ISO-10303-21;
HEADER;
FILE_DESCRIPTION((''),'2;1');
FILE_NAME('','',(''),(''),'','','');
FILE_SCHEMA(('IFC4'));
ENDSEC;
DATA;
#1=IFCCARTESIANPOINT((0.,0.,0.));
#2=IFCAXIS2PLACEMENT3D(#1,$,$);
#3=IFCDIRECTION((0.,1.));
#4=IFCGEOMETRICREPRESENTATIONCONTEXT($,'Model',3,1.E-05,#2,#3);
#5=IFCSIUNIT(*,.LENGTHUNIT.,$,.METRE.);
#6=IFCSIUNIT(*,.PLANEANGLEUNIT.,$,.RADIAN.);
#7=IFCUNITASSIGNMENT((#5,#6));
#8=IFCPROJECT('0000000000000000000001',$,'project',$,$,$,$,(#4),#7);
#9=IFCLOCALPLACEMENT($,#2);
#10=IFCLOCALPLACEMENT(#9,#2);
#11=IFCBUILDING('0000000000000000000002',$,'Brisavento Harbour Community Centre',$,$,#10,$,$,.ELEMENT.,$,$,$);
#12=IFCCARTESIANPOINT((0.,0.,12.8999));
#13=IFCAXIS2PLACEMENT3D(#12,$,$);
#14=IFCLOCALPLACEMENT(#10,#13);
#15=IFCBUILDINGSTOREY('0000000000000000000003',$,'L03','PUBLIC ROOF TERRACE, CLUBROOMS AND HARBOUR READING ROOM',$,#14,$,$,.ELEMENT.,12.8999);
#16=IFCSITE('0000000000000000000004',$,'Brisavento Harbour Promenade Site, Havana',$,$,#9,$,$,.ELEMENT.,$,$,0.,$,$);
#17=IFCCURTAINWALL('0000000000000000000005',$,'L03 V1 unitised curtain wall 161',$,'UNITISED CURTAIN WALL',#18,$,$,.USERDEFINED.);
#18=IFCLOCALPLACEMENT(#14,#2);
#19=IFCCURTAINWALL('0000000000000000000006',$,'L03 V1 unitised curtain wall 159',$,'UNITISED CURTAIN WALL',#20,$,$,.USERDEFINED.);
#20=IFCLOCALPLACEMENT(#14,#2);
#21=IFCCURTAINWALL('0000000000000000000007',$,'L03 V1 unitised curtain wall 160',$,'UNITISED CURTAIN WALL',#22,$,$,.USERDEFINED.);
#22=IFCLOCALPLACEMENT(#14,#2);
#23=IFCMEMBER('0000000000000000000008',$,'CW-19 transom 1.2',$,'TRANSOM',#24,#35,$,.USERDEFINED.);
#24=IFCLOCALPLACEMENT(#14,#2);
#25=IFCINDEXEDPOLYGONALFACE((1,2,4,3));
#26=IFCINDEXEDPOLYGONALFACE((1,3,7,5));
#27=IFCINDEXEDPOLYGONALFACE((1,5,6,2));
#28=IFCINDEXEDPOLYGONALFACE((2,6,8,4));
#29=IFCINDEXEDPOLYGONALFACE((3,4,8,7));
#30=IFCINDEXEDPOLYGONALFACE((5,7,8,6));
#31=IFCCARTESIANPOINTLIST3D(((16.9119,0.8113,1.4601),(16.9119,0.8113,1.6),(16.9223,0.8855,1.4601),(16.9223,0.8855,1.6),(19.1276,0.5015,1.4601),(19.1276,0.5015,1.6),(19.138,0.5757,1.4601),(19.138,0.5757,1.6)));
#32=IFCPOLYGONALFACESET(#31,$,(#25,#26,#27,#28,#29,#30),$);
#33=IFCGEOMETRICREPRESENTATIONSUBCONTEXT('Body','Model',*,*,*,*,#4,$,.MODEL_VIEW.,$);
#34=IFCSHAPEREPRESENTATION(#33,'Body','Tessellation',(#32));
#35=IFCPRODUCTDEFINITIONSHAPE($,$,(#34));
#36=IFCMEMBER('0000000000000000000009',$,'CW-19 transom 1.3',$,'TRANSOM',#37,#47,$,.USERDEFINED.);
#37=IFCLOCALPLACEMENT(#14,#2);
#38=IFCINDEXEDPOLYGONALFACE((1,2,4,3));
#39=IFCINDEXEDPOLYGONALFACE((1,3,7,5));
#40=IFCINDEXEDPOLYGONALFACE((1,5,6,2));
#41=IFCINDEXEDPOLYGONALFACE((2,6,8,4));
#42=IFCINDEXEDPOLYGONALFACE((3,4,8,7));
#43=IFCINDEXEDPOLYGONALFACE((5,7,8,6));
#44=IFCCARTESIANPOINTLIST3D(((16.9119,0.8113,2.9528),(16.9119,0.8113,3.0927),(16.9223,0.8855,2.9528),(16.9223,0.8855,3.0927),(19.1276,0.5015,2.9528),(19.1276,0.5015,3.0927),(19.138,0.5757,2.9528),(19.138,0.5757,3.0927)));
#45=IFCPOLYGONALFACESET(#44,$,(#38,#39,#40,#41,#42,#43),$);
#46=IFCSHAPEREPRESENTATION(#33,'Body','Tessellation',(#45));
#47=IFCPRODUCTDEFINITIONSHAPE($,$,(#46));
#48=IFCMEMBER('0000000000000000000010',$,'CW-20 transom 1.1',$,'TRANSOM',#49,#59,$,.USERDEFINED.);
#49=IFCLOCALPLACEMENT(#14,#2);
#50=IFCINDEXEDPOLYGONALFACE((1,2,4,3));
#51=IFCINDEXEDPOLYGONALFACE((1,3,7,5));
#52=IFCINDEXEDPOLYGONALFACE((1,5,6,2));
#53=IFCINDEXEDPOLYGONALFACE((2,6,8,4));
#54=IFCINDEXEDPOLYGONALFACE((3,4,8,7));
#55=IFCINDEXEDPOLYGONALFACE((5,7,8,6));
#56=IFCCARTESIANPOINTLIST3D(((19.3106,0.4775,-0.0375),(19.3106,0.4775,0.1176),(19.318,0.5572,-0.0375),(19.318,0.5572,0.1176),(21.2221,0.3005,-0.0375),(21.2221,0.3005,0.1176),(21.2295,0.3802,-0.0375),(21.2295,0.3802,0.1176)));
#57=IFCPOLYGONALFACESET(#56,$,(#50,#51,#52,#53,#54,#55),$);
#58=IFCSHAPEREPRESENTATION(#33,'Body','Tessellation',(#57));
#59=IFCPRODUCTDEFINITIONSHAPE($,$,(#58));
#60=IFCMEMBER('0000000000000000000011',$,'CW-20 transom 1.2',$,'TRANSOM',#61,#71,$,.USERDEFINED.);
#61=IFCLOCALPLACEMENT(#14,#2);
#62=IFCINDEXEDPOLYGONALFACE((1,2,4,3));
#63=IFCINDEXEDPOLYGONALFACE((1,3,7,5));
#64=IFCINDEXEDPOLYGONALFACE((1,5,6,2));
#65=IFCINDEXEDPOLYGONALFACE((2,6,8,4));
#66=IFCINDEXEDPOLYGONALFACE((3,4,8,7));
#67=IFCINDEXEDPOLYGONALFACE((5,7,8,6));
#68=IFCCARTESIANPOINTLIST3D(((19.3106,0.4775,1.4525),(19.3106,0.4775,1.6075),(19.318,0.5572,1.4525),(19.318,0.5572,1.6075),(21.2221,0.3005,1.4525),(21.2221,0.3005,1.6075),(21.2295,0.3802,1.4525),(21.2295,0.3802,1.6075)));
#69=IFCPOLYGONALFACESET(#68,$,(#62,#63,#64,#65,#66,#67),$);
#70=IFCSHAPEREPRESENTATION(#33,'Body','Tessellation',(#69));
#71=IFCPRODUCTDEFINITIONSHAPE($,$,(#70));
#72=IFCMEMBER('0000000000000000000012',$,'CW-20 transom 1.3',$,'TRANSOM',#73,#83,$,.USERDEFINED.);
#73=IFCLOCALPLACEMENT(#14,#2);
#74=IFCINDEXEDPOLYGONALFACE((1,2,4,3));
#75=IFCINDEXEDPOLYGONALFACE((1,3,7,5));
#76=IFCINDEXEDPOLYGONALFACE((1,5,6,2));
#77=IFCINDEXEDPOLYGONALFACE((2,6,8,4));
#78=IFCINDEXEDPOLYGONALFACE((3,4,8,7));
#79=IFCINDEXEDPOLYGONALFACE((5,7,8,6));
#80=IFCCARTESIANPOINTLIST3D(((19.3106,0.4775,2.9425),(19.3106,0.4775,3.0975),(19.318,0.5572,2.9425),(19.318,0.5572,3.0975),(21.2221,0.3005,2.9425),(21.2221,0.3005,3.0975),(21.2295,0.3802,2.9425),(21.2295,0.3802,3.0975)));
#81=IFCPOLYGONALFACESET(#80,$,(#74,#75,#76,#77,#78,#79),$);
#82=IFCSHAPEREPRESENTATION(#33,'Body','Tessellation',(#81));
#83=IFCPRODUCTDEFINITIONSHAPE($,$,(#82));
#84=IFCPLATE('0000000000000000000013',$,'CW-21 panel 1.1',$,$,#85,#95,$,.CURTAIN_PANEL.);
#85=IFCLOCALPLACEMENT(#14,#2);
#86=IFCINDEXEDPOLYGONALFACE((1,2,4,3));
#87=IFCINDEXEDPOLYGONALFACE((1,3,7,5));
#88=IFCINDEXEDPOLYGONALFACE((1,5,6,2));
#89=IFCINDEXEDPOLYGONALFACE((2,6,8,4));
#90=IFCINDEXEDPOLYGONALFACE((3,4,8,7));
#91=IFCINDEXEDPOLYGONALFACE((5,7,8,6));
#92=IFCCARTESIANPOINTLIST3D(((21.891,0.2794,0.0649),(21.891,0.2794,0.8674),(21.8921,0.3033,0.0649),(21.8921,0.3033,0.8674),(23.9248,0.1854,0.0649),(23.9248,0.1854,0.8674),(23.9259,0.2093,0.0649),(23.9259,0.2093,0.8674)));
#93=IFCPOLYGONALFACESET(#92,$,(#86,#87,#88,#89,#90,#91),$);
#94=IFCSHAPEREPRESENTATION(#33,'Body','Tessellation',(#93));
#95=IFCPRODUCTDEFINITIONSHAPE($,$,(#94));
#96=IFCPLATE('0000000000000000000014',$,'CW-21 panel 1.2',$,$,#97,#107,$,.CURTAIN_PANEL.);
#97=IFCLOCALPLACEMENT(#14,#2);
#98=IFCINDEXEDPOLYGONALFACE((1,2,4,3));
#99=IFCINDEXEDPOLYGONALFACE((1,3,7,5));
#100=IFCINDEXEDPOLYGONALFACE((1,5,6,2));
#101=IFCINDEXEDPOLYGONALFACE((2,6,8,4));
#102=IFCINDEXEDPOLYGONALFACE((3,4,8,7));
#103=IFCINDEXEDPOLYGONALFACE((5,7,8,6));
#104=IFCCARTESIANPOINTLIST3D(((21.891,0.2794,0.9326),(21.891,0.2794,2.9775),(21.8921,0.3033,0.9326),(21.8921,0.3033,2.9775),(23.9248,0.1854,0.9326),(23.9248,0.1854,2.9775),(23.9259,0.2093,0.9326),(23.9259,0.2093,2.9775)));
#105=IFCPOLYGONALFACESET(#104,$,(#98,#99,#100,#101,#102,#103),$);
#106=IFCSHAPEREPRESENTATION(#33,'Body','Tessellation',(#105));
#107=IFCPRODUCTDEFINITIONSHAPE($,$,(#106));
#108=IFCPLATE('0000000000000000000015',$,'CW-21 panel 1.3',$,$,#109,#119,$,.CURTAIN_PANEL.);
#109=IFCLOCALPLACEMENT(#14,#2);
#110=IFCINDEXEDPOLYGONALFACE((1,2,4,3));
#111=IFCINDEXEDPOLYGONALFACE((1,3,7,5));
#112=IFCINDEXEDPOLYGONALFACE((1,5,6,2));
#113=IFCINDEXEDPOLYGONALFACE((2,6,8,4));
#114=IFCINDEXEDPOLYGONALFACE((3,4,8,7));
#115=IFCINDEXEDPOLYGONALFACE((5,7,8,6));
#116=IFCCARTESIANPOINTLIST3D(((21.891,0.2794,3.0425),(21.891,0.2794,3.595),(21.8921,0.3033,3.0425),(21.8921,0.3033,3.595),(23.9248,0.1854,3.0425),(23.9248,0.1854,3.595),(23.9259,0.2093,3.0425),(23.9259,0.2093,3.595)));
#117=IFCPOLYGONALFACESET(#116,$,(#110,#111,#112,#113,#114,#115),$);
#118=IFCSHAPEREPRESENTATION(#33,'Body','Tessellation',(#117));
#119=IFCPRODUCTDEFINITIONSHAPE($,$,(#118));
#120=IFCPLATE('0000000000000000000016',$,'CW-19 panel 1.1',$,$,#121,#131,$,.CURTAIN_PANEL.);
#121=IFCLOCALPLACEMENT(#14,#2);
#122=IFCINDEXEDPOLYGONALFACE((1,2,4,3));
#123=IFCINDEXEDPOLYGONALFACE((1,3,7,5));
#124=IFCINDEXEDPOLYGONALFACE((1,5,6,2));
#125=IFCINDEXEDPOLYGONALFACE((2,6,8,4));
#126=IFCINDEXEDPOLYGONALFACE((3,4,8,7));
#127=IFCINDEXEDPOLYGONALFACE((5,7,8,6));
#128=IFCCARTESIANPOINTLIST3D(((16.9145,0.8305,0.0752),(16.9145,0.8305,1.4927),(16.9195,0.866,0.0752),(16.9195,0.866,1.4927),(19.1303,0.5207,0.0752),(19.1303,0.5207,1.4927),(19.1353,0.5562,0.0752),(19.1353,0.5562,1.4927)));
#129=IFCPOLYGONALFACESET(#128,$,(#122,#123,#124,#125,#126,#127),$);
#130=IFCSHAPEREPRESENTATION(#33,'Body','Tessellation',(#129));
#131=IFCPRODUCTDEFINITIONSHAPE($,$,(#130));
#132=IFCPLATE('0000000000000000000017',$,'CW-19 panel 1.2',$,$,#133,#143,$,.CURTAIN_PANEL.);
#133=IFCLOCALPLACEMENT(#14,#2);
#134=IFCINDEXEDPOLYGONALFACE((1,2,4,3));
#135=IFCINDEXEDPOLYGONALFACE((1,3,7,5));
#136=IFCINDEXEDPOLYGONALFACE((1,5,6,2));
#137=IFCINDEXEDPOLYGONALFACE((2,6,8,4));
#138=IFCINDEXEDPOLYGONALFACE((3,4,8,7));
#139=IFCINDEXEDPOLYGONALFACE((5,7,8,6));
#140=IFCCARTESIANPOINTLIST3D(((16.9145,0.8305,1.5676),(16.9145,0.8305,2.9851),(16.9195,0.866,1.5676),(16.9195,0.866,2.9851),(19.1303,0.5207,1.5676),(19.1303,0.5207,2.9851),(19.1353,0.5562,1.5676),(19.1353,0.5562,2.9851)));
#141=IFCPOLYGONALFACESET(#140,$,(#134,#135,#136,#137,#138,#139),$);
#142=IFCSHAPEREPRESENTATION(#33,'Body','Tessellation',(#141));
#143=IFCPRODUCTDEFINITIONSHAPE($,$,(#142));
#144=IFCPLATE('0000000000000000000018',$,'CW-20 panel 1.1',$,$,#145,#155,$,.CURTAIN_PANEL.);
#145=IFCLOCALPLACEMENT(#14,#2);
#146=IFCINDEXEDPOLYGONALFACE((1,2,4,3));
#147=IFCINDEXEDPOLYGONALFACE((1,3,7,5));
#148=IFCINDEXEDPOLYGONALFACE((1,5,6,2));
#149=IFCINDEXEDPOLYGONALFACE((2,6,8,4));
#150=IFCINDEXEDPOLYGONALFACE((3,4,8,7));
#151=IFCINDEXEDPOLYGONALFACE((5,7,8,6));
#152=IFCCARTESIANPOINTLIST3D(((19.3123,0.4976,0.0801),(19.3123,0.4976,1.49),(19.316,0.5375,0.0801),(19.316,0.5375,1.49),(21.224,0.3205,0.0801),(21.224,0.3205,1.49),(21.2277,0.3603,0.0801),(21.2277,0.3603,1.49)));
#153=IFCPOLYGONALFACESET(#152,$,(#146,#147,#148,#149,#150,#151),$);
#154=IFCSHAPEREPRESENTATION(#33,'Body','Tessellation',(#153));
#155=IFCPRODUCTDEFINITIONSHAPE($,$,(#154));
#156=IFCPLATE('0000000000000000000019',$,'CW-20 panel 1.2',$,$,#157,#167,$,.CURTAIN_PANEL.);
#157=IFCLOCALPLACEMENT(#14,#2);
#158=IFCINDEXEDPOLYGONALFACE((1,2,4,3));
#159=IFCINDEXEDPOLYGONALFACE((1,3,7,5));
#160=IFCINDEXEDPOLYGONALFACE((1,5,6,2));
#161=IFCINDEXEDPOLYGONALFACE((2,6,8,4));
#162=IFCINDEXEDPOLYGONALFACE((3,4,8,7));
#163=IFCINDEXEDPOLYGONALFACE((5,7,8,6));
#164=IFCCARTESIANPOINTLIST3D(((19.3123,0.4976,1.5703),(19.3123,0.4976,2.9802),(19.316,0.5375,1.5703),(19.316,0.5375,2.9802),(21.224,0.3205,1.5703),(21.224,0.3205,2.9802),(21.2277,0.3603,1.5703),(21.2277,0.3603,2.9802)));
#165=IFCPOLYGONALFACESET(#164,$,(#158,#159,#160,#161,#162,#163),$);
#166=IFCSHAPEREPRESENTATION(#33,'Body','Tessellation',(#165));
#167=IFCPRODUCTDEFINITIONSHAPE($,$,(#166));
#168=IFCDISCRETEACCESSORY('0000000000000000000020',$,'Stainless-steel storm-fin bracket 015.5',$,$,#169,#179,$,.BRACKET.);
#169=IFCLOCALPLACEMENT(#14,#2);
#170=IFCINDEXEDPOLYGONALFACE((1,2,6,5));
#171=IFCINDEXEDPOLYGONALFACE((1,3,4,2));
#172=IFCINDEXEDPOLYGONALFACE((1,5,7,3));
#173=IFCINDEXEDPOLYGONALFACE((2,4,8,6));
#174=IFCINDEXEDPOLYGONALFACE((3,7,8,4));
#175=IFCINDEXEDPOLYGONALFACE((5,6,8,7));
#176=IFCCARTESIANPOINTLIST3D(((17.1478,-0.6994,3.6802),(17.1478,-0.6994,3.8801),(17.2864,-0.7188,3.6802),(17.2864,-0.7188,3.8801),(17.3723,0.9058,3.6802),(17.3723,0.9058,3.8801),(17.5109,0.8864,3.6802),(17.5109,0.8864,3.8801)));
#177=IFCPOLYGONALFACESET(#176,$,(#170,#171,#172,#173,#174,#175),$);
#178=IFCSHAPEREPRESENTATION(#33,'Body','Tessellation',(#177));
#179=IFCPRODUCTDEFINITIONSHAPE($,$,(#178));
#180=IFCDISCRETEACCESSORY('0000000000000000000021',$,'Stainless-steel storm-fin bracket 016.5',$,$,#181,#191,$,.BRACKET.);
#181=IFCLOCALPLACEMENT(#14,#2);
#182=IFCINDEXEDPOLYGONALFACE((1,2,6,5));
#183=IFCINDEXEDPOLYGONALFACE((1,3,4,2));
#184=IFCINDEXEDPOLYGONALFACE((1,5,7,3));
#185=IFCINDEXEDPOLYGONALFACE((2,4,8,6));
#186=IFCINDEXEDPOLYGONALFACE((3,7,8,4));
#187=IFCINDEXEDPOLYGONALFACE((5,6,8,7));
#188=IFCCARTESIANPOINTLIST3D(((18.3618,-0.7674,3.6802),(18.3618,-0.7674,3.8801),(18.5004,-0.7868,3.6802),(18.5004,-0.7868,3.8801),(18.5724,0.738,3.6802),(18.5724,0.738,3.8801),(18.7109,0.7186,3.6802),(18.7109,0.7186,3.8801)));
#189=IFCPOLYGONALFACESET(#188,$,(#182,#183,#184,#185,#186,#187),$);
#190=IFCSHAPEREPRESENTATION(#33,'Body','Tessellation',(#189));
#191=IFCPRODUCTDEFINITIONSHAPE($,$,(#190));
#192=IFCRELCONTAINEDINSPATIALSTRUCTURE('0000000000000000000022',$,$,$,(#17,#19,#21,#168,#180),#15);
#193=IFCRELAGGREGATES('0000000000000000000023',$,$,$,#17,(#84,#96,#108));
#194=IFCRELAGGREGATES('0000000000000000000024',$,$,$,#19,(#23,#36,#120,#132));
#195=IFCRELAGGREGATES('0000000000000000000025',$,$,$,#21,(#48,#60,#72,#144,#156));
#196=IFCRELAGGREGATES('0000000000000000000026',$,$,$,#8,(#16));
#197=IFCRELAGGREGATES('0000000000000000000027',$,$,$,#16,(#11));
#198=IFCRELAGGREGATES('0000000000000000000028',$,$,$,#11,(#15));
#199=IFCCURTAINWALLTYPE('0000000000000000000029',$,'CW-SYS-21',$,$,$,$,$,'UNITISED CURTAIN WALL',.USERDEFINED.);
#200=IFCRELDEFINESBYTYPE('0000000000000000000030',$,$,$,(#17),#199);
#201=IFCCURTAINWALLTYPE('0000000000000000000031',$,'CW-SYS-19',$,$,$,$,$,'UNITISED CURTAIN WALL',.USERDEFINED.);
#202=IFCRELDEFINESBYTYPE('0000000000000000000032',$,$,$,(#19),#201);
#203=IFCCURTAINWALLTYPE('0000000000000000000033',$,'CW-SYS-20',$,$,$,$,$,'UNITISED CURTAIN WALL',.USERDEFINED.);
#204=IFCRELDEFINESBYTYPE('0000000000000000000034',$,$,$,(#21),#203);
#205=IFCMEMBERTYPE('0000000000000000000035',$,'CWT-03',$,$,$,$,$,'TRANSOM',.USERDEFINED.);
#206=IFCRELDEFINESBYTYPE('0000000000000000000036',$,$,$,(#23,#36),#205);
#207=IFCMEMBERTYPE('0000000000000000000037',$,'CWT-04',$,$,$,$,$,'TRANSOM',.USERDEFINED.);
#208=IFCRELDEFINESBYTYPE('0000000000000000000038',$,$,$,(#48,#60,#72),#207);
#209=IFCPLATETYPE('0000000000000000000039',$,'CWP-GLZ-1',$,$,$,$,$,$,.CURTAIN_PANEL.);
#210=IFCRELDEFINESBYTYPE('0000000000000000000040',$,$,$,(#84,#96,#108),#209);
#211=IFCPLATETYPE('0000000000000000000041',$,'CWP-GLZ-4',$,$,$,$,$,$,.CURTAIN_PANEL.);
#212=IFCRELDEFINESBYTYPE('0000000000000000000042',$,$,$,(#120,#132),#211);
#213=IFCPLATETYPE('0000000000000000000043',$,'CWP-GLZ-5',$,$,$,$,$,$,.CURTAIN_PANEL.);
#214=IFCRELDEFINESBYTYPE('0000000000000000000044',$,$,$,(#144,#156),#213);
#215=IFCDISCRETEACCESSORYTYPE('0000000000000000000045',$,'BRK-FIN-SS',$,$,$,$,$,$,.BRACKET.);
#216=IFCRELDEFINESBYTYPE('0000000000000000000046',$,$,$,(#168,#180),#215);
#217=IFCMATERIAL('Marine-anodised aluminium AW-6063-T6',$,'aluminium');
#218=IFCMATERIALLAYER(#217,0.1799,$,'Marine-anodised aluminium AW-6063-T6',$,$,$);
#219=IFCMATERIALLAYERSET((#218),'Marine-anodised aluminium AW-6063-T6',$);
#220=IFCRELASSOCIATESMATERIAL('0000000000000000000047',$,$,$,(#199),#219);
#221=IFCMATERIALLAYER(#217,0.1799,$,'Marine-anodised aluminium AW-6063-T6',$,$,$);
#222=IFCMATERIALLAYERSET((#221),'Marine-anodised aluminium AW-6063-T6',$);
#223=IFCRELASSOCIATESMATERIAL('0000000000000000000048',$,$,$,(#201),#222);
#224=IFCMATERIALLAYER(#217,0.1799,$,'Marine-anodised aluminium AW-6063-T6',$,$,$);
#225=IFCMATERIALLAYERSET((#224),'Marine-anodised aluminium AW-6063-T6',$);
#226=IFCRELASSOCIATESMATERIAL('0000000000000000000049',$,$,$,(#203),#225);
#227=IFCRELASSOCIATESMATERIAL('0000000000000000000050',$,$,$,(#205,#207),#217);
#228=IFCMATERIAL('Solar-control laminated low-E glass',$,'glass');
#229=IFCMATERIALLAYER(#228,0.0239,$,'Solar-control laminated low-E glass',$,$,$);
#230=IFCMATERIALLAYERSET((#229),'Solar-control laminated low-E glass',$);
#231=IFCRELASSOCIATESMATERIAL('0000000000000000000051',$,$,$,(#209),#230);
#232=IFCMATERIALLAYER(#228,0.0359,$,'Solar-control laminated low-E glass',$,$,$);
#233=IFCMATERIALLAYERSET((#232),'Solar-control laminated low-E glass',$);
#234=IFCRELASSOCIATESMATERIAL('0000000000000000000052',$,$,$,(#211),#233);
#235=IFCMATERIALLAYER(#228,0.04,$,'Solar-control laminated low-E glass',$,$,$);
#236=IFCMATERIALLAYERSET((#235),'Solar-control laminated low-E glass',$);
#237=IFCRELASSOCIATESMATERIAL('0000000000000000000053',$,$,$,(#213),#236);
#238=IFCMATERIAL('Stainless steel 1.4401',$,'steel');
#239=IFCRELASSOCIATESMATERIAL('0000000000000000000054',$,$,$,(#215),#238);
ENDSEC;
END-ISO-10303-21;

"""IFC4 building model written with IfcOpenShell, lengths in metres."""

from ifc_helpers import new_model, si_unit, direction, frame, origin, origin_2d, place, context, subcontext, project, spatial, rectangle, extrude, material, layer, layer_set, material_profile, profile_set, type_object, element, aggregate, save


model = new_model("IFC4")

# Units and contexts
model_context = context("Model", 3, precision=1e-05, world=origin(), true_north=direction((0.0, 1.0)))
body_context = subcontext(model_context, "Body", "Model", "MODEL_VIEW")
ifc_project = project(units=[si_unit("LENGTHUNIT", "METRE"), si_unit("PLANEANGLEUNIT", "RADIAN")], contexts=[model_context])

# Site, building, storey
site_placement = place(None, origin())
site = spatial("IfcSite", under=ifc_project, at=site_placement, Name="Brisavento Harbour Promenade Site, Havana", CompositionType="ELEMENT", RefElevation=0.0)
building_placement = place(site_placement, origin())
building = spatial("IfcBuilding", under=site, at=building_placement, Name="Brisavento Harbour Community Centre", CompositionType="ELEMENT")
storey_placement = place(building_placement, frame((0.0, 0.0, 12.8999)))
storey = spatial("IfcBuildingStorey", under=building, at=storey_placement, Name="L03", Description="PUBLIC ROOF TERRACE, CLUBROOMS AND HARBOUR READING ROOM", CompositionType="ELEMENT", Elevation=12.8999)

# Curtain wall
ifc_material_1 = material(Name="Marine-anodised aluminium AW-6063-T6", Category="aluminium")
ifc_layer_1 = layer(ifc_material_1, 0.1799, Name="Marine-anodised aluminium AW-6063-T6")
ifc_layer_set_1 = layer_set([ifc_layer_1], Name="Marine-anodised aluminium AW-6063-T6")
curtain_wall_type_1 = type_object("IfcCurtainWallType", Name="CW-SYS-21", ElementType="UNITISED CURTAIN WALL", PredefinedType="USERDEFINED", material=ifc_layer_set_1)
curtain_wall_1_placement = place(storey_placement, origin())
curtain_wall_1 = element("IfcCurtainWall", 1, at=curtain_wall_1_placement, inside=storey, type_object=curtain_wall_type_1, Name="L03 V1 unitised curtain wall 161", ObjectType="UNITISED CURTAIN WALL", PredefinedType="USERDEFINED")

# Curtain walls
ifc_layer_2 = layer(ifc_material_1, 0.1799, Name="Marine-anodised aluminium AW-6063-T6")
ifc_layer_set_2 = layer_set([ifc_layer_2], Name="Marine-anodised aluminium AW-6063-T6")
curtain_wall_type_2 = type_object("IfcCurtainWallType", Name="CW-SYS-19", ElementType="UNITISED CURTAIN WALL", PredefinedType="USERDEFINED", material=ifc_layer_set_2)
curtain_wall_2_placement = place(storey_placement, origin())
curtain_wall_2 = element("IfcCurtainWall", 2, at=curtain_wall_2_placement, inside=storey, type_object=curtain_wall_type_2, Name="L03 V1 unitised curtain wall 159", ObjectType="UNITISED CURTAIN WALL", PredefinedType="USERDEFINED")
ifc_layer_3 = layer(ifc_material_1, 0.1799, Name="Marine-anodised aluminium AW-6063-T6")
ifc_layer_set_3 = layer_set([ifc_layer_3], Name="Marine-anodised aluminium AW-6063-T6")
curtain_wall_type_3 = type_object("IfcCurtainWallType", Name="CW-SYS-20", ElementType="UNITISED CURTAIN WALL", PredefinedType="USERDEFINED", material=ifc_layer_set_3)
curtain_wall_3_placement = place(storey_placement, origin())
curtain_wall_3 = element("IfcCurtainWall", 3, at=curtain_wall_3_placement, inside=storey, type_object=curtain_wall_type_3, Name="L03 V1 unitised curtain wall 160", ObjectType="UNITISED CURTAIN WALL", PredefinedType="USERDEFINED")

# Members
ifc_material_profile_1 = material_profile(ifc_material_1, rectangle(XDim=0.075, YDim=0.1399, at=origin_2d()), Name="Marine-anodised aluminium AW-6063-T6")
ifc_profile_set_1 = profile_set([ifc_material_profile_1], Name="Marine-anodised aluminium AW-6063-T6")
member_type_1 = type_object("IfcMemberType", Name="CWT-03", ElementType="TRANSOM", PredefinedType="USERDEFINED", material=ifc_profile_set_1)
member_1_placement = place(storey_placement, frame((19.1328, 0.5386, 1.53), z_axis=(-0.990366, 0.138472, 0.0), x_axis=(-0.138472, -0.990366, 0.0)))
member_1 = element("IfcMember", 4, at=member_1_placement, type_object=member_type_1, Name="CW-19 transom 1.2", ObjectType="TRANSOM", PredefinedType="USERDEFINED", context=body_context, shape_type="SweptSolid", body=[
    extrude(rectangle(XDim=0.075, YDim=0.1399, at=origin_2d()), origin(), (0.0, 0.0, 1.0), 2.2373),
])
member_2_placement = place(storey_placement, frame((19.1328, 0.5386, 3.0227), z_axis=(-0.990366, 0.138472, 0.0), x_axis=(-0.138472, -0.990366, 0.0)))
member_2 = element("IfcMember", 5, at=member_2_placement, type_object=member_type_1, Name="CW-19 transom 1.3", ObjectType="TRANSOM", PredefinedType="USERDEFINED", context=body_context, shape_type="SweptSolid", body=[
    extrude(rectangle(XDim=0.075, YDim=0.1399, at=origin_2d()), origin(), (0.0, 0.0, 1.0), 2.2373),
])
ifc_material_profile_2 = material_profile(ifc_material_1, rectangle(XDim=0.0801, YDim=0.155, at=origin_2d()), Name="Marine-anodised aluminium AW-6063-T6")
ifc_profile_set_2 = profile_set([ifc_material_profile_2], Name="Marine-anodised aluminium AW-6063-T6")
member_type_2 = type_object("IfcMemberType", Name="CWT-04", ElementType="TRANSOM", PredefinedType="USERDEFINED", material=ifc_profile_set_2)
member_3_placement = place(storey_placement, frame((21.2258, 0.3403, 0.04), z_axis=(-0.995741, 0.092198, 0.0), x_axis=(-0.092198, -0.995741, 0.0)))
member_3 = element("IfcMember", 6, at=member_3_placement, type_object=member_type_2, Name="CW-20 transom 1.1", ObjectType="TRANSOM", PredefinedType="USERDEFINED", context=body_context, shape_type="SweptSolid", body=[
    extrude(rectangle(XDim=0.0801, YDim=0.155, at=origin_2d()), origin(), (0.0, 0.0, 1.0), 1.9197),
])
member_4_placement = place(storey_placement, frame((21.2258, 0.3403, 1.53), z_axis=(-0.995741, 0.092198, 0.0), x_axis=(-0.092198, -0.995741, 0.0)))
member_4 = element("IfcMember", 7, at=member_4_placement, type_object=member_type_2, Name="CW-20 transom 1.2", ObjectType="TRANSOM", PredefinedType="USERDEFINED", context=body_context, shape_type="SweptSolid", body=[
    extrude(rectangle(XDim=0.0801, YDim=0.155, at=origin_2d()), origin(), (0.0, 0.0, 1.0), 1.9197),
])
member_5_placement = place(storey_placement, frame((21.2258, 0.3403, 3.02), z_axis=(-0.995741, 0.092198, 0.0), x_axis=(-0.092198, -0.995741, 0.0)))
member_5 = element("IfcMember", 8, at=member_5_placement, type_object=member_type_2, Name="CW-20 transom 1.3", ObjectType="TRANSOM", PredefinedType="USERDEFINED", context=body_context, shape_type="SweptSolid", body=[
    extrude(rectangle(XDim=0.0801, YDim=0.155, at=origin_2d()), origin(), (0.0, 0.0, 1.0), 1.9197),
])

# Plates
ifc_material_2 = material(Name="Solar-control laminated low-E glass", Category="glass")
ifc_layer_4 = layer(ifc_material_2, 0.0239, Name="Solar-control laminated low-E glass")
ifc_layer_set_4 = layer_set([ifc_layer_4], Name="Solar-control laminated low-E glass")
plate_type_1 = type_object("IfcPlateType", Name="CWP-GLZ-1", PredefinedType="CURTAIN_PANEL", material=ifc_layer_set_4)
plate_1_placement = place(storey_placement, frame((22.9084, 0.2444, 0.0649), z_axis=(0.0, 0.0, 1.0), x_axis=(-0.998934, 0.046168, 0.0)))
plate_1 = element("IfcPlate", 9, at=plate_1_placement, type_object=plate_type_1, Name="CW-21 panel 1.1", PredefinedType="CURTAIN_PANEL", context=body_context, shape_type="SweptSolid", body=[
    extrude(rectangle(XDim=2.0359, YDim=0.0239, at=origin_2d()), origin(), (0.0, 0.0, 1.0), 0.8025),
])
plate_2_placement = place(storey_placement, frame((22.9084, 0.2444, 0.9326), z_axis=(0.0, 0.0, 1.0), x_axis=(-0.998934, 0.046168, 0.0)))
plate_2 = element("IfcPlate", 10, at=plate_2_placement, type_object=plate_type_1, Name="CW-21 panel 1.2", PredefinedType="CURTAIN_PANEL", context=body_context, shape_type="SweptSolid", body=[
    extrude(rectangle(XDim=2.0359, YDim=0.0239, at=origin_2d()), origin(), (0.0, 0.0, 1.0), 2.0449),
])
plate_3_placement = place(storey_placement, frame((22.9084, 0.2444, 3.0425), z_axis=(0.0, 0.0, 1.0), x_axis=(-0.998934, 0.046168, 0.0)))
plate_3 = element("IfcPlate", 11, at=plate_3_placement, type_object=plate_type_1, Name="CW-21 panel 1.3", PredefinedType="CURTAIN_PANEL", context=body_context, shape_type="SweptSolid", body=[
    extrude(rectangle(XDim=2.0359, YDim=0.0239, at=origin_2d()), origin(), (0.0, 0.0, 1.0), 0.5525),
])
aggregate(curtain_wall_1, [plate_1, plate_2, plate_3])
ifc_layer_5 = layer(ifc_material_2, 0.0359, Name="Solar-control laminated low-E glass")
ifc_layer_set_5 = layer_set([ifc_layer_5], Name="Solar-control laminated low-E glass")
plate_type_2 = type_object("IfcPlateType", Name="CWP-GLZ-4", PredefinedType="CURTAIN_PANEL", material=ifc_layer_set_5)
plate_4_placement = place(storey_placement, frame((18.0249, 0.6934, 0.0752), z_axis=(0.0, 0.0, 1.0), x_axis=(-0.990366, 0.138477, 0.0)))
plate_4 = element("IfcPlate", 12, at=plate_4_placement, type_object=plate_type_2, Name="CW-19 panel 1.1", PredefinedType="CURTAIN_PANEL", context=body_context, shape_type="SweptSolid", body=[
    extrude(rectangle(XDim=2.2373, YDim=0.0359, at=origin_2d()), origin(), (0.0, 0.0, 1.0), 1.4175),
])
plate_5_placement = place(storey_placement, frame((18.0249, 0.6934, 1.5676), z_axis=(0.0, 0.0, 1.0), x_axis=(-0.990366, 0.138477, 0.0)))
plate_5 = element("IfcPlate", 13, at=plate_5_placement, type_object=plate_type_2, Name="CW-19 panel 1.2", PredefinedType="CURTAIN_PANEL", context=body_context, shape_type="SweptSolid", body=[
    extrude(rectangle(XDim=2.2373, YDim=0.0359, at=origin_2d()), origin(), (0.0, 0.0, 1.0), 1.4175),
])
aggregate(curtain_wall_2, [member_1, member_2, plate_4, plate_5])
ifc_layer_6 = layer(ifc_material_2, 0.04, Name="Solar-control laminated low-E glass")
ifc_layer_set_6 = layer_set([ifc_layer_6], Name="Solar-control laminated low-E glass")
plate_type_3 = type_object("IfcPlateType", Name="CWP-GLZ-5", PredefinedType="CURTAIN_PANEL", material=ifc_layer_set_6)
plate_6_placement = place(storey_placement, frame((20.27, 0.429, 0.0801), z_axis=(0.0, 0.0, 1.0), x_axis=(-0.995735, 0.092261, 0.0)))
plate_6 = element("IfcPlate", 14, at=plate_6_placement, type_object=plate_type_3, Name="CW-20 panel 1.1", PredefinedType="CURTAIN_PANEL", context=body_context, shape_type="SweptSolid", body=[
    extrude(rectangle(XDim=1.9199, YDim=0.04, at=origin_2d()), origin(), (0.0, 0.0, 1.0), 1.4099),
])
plate_7_placement = place(storey_placement, frame((20.27, 0.429, 1.5703), z_axis=(0.0, 0.0, 1.0), x_axis=(-0.995735, 0.092261, 0.0)))
plate_7 = element("IfcPlate", 15, at=plate_7_placement, type_object=plate_type_3, Name="CW-20 panel 1.2", PredefinedType="CURTAIN_PANEL", context=body_context, shape_type="SweptSolid", body=[
    extrude(rectangle(XDim=1.9199, YDim=0.04, at=origin_2d()), origin(), (0.0, 0.0, 1.0), 1.4099),
])
aggregate(curtain_wall_3, [member_3, member_4, member_5, plate_6, plate_7])

# Discrete accessories
ifc_material_3 = material(Name="Stainless steel 1.4401", Category="steel")
discrete_accessory_type = type_object("IfcDiscreteAccessoryType", Name="BRK-FIN-SS", PredefinedType="BRACKET", material=ifc_material_3)
discrete_accessory_1_placement = place(storey_placement, frame((17.3293, 0.0935, 3.6802), z_axis=(0.0, 0.0, 1.0), x_axis=(-0.138499, -0.990363, 0.0)))
element("IfcDiscreteAccessory", 16, at=discrete_accessory_1_placement, inside=storey, type_object=discrete_accessory_type, Name="Stainless-steel storm-fin bracket 015.5", PredefinedType="BRACKET", context=body_context, shape_type="SweptSolid", body=[
    extrude(rectangle(XDim=1.6208, YDim=0.1399, at=origin_2d()), origin(), (0.0, 0.0, 1.0), 0.2),
])
discrete_accessory_2_placement = place(storey_placement, frame((18.5364, -0.0244, 3.6802), z_axis=(0.0, 0.0, 1.0), x_axis=(-0.138499, -0.990363, 0.0)))
element("IfcDiscreteAccessory", 17, at=discrete_accessory_2_placement, inside=storey, type_object=discrete_accessory_type, Name="Stainless-steel storm-fin bracket 016.5", PredefinedType="BRACKET", context=body_context, shape_type="SweptSolid", body=[
    extrude(rectangle(XDim=1.52, YDim=0.1399, at=origin_2d()), origin(), (0.0, 0.0, 1.0), 0.2),
])

save(model, "model.ifc")
